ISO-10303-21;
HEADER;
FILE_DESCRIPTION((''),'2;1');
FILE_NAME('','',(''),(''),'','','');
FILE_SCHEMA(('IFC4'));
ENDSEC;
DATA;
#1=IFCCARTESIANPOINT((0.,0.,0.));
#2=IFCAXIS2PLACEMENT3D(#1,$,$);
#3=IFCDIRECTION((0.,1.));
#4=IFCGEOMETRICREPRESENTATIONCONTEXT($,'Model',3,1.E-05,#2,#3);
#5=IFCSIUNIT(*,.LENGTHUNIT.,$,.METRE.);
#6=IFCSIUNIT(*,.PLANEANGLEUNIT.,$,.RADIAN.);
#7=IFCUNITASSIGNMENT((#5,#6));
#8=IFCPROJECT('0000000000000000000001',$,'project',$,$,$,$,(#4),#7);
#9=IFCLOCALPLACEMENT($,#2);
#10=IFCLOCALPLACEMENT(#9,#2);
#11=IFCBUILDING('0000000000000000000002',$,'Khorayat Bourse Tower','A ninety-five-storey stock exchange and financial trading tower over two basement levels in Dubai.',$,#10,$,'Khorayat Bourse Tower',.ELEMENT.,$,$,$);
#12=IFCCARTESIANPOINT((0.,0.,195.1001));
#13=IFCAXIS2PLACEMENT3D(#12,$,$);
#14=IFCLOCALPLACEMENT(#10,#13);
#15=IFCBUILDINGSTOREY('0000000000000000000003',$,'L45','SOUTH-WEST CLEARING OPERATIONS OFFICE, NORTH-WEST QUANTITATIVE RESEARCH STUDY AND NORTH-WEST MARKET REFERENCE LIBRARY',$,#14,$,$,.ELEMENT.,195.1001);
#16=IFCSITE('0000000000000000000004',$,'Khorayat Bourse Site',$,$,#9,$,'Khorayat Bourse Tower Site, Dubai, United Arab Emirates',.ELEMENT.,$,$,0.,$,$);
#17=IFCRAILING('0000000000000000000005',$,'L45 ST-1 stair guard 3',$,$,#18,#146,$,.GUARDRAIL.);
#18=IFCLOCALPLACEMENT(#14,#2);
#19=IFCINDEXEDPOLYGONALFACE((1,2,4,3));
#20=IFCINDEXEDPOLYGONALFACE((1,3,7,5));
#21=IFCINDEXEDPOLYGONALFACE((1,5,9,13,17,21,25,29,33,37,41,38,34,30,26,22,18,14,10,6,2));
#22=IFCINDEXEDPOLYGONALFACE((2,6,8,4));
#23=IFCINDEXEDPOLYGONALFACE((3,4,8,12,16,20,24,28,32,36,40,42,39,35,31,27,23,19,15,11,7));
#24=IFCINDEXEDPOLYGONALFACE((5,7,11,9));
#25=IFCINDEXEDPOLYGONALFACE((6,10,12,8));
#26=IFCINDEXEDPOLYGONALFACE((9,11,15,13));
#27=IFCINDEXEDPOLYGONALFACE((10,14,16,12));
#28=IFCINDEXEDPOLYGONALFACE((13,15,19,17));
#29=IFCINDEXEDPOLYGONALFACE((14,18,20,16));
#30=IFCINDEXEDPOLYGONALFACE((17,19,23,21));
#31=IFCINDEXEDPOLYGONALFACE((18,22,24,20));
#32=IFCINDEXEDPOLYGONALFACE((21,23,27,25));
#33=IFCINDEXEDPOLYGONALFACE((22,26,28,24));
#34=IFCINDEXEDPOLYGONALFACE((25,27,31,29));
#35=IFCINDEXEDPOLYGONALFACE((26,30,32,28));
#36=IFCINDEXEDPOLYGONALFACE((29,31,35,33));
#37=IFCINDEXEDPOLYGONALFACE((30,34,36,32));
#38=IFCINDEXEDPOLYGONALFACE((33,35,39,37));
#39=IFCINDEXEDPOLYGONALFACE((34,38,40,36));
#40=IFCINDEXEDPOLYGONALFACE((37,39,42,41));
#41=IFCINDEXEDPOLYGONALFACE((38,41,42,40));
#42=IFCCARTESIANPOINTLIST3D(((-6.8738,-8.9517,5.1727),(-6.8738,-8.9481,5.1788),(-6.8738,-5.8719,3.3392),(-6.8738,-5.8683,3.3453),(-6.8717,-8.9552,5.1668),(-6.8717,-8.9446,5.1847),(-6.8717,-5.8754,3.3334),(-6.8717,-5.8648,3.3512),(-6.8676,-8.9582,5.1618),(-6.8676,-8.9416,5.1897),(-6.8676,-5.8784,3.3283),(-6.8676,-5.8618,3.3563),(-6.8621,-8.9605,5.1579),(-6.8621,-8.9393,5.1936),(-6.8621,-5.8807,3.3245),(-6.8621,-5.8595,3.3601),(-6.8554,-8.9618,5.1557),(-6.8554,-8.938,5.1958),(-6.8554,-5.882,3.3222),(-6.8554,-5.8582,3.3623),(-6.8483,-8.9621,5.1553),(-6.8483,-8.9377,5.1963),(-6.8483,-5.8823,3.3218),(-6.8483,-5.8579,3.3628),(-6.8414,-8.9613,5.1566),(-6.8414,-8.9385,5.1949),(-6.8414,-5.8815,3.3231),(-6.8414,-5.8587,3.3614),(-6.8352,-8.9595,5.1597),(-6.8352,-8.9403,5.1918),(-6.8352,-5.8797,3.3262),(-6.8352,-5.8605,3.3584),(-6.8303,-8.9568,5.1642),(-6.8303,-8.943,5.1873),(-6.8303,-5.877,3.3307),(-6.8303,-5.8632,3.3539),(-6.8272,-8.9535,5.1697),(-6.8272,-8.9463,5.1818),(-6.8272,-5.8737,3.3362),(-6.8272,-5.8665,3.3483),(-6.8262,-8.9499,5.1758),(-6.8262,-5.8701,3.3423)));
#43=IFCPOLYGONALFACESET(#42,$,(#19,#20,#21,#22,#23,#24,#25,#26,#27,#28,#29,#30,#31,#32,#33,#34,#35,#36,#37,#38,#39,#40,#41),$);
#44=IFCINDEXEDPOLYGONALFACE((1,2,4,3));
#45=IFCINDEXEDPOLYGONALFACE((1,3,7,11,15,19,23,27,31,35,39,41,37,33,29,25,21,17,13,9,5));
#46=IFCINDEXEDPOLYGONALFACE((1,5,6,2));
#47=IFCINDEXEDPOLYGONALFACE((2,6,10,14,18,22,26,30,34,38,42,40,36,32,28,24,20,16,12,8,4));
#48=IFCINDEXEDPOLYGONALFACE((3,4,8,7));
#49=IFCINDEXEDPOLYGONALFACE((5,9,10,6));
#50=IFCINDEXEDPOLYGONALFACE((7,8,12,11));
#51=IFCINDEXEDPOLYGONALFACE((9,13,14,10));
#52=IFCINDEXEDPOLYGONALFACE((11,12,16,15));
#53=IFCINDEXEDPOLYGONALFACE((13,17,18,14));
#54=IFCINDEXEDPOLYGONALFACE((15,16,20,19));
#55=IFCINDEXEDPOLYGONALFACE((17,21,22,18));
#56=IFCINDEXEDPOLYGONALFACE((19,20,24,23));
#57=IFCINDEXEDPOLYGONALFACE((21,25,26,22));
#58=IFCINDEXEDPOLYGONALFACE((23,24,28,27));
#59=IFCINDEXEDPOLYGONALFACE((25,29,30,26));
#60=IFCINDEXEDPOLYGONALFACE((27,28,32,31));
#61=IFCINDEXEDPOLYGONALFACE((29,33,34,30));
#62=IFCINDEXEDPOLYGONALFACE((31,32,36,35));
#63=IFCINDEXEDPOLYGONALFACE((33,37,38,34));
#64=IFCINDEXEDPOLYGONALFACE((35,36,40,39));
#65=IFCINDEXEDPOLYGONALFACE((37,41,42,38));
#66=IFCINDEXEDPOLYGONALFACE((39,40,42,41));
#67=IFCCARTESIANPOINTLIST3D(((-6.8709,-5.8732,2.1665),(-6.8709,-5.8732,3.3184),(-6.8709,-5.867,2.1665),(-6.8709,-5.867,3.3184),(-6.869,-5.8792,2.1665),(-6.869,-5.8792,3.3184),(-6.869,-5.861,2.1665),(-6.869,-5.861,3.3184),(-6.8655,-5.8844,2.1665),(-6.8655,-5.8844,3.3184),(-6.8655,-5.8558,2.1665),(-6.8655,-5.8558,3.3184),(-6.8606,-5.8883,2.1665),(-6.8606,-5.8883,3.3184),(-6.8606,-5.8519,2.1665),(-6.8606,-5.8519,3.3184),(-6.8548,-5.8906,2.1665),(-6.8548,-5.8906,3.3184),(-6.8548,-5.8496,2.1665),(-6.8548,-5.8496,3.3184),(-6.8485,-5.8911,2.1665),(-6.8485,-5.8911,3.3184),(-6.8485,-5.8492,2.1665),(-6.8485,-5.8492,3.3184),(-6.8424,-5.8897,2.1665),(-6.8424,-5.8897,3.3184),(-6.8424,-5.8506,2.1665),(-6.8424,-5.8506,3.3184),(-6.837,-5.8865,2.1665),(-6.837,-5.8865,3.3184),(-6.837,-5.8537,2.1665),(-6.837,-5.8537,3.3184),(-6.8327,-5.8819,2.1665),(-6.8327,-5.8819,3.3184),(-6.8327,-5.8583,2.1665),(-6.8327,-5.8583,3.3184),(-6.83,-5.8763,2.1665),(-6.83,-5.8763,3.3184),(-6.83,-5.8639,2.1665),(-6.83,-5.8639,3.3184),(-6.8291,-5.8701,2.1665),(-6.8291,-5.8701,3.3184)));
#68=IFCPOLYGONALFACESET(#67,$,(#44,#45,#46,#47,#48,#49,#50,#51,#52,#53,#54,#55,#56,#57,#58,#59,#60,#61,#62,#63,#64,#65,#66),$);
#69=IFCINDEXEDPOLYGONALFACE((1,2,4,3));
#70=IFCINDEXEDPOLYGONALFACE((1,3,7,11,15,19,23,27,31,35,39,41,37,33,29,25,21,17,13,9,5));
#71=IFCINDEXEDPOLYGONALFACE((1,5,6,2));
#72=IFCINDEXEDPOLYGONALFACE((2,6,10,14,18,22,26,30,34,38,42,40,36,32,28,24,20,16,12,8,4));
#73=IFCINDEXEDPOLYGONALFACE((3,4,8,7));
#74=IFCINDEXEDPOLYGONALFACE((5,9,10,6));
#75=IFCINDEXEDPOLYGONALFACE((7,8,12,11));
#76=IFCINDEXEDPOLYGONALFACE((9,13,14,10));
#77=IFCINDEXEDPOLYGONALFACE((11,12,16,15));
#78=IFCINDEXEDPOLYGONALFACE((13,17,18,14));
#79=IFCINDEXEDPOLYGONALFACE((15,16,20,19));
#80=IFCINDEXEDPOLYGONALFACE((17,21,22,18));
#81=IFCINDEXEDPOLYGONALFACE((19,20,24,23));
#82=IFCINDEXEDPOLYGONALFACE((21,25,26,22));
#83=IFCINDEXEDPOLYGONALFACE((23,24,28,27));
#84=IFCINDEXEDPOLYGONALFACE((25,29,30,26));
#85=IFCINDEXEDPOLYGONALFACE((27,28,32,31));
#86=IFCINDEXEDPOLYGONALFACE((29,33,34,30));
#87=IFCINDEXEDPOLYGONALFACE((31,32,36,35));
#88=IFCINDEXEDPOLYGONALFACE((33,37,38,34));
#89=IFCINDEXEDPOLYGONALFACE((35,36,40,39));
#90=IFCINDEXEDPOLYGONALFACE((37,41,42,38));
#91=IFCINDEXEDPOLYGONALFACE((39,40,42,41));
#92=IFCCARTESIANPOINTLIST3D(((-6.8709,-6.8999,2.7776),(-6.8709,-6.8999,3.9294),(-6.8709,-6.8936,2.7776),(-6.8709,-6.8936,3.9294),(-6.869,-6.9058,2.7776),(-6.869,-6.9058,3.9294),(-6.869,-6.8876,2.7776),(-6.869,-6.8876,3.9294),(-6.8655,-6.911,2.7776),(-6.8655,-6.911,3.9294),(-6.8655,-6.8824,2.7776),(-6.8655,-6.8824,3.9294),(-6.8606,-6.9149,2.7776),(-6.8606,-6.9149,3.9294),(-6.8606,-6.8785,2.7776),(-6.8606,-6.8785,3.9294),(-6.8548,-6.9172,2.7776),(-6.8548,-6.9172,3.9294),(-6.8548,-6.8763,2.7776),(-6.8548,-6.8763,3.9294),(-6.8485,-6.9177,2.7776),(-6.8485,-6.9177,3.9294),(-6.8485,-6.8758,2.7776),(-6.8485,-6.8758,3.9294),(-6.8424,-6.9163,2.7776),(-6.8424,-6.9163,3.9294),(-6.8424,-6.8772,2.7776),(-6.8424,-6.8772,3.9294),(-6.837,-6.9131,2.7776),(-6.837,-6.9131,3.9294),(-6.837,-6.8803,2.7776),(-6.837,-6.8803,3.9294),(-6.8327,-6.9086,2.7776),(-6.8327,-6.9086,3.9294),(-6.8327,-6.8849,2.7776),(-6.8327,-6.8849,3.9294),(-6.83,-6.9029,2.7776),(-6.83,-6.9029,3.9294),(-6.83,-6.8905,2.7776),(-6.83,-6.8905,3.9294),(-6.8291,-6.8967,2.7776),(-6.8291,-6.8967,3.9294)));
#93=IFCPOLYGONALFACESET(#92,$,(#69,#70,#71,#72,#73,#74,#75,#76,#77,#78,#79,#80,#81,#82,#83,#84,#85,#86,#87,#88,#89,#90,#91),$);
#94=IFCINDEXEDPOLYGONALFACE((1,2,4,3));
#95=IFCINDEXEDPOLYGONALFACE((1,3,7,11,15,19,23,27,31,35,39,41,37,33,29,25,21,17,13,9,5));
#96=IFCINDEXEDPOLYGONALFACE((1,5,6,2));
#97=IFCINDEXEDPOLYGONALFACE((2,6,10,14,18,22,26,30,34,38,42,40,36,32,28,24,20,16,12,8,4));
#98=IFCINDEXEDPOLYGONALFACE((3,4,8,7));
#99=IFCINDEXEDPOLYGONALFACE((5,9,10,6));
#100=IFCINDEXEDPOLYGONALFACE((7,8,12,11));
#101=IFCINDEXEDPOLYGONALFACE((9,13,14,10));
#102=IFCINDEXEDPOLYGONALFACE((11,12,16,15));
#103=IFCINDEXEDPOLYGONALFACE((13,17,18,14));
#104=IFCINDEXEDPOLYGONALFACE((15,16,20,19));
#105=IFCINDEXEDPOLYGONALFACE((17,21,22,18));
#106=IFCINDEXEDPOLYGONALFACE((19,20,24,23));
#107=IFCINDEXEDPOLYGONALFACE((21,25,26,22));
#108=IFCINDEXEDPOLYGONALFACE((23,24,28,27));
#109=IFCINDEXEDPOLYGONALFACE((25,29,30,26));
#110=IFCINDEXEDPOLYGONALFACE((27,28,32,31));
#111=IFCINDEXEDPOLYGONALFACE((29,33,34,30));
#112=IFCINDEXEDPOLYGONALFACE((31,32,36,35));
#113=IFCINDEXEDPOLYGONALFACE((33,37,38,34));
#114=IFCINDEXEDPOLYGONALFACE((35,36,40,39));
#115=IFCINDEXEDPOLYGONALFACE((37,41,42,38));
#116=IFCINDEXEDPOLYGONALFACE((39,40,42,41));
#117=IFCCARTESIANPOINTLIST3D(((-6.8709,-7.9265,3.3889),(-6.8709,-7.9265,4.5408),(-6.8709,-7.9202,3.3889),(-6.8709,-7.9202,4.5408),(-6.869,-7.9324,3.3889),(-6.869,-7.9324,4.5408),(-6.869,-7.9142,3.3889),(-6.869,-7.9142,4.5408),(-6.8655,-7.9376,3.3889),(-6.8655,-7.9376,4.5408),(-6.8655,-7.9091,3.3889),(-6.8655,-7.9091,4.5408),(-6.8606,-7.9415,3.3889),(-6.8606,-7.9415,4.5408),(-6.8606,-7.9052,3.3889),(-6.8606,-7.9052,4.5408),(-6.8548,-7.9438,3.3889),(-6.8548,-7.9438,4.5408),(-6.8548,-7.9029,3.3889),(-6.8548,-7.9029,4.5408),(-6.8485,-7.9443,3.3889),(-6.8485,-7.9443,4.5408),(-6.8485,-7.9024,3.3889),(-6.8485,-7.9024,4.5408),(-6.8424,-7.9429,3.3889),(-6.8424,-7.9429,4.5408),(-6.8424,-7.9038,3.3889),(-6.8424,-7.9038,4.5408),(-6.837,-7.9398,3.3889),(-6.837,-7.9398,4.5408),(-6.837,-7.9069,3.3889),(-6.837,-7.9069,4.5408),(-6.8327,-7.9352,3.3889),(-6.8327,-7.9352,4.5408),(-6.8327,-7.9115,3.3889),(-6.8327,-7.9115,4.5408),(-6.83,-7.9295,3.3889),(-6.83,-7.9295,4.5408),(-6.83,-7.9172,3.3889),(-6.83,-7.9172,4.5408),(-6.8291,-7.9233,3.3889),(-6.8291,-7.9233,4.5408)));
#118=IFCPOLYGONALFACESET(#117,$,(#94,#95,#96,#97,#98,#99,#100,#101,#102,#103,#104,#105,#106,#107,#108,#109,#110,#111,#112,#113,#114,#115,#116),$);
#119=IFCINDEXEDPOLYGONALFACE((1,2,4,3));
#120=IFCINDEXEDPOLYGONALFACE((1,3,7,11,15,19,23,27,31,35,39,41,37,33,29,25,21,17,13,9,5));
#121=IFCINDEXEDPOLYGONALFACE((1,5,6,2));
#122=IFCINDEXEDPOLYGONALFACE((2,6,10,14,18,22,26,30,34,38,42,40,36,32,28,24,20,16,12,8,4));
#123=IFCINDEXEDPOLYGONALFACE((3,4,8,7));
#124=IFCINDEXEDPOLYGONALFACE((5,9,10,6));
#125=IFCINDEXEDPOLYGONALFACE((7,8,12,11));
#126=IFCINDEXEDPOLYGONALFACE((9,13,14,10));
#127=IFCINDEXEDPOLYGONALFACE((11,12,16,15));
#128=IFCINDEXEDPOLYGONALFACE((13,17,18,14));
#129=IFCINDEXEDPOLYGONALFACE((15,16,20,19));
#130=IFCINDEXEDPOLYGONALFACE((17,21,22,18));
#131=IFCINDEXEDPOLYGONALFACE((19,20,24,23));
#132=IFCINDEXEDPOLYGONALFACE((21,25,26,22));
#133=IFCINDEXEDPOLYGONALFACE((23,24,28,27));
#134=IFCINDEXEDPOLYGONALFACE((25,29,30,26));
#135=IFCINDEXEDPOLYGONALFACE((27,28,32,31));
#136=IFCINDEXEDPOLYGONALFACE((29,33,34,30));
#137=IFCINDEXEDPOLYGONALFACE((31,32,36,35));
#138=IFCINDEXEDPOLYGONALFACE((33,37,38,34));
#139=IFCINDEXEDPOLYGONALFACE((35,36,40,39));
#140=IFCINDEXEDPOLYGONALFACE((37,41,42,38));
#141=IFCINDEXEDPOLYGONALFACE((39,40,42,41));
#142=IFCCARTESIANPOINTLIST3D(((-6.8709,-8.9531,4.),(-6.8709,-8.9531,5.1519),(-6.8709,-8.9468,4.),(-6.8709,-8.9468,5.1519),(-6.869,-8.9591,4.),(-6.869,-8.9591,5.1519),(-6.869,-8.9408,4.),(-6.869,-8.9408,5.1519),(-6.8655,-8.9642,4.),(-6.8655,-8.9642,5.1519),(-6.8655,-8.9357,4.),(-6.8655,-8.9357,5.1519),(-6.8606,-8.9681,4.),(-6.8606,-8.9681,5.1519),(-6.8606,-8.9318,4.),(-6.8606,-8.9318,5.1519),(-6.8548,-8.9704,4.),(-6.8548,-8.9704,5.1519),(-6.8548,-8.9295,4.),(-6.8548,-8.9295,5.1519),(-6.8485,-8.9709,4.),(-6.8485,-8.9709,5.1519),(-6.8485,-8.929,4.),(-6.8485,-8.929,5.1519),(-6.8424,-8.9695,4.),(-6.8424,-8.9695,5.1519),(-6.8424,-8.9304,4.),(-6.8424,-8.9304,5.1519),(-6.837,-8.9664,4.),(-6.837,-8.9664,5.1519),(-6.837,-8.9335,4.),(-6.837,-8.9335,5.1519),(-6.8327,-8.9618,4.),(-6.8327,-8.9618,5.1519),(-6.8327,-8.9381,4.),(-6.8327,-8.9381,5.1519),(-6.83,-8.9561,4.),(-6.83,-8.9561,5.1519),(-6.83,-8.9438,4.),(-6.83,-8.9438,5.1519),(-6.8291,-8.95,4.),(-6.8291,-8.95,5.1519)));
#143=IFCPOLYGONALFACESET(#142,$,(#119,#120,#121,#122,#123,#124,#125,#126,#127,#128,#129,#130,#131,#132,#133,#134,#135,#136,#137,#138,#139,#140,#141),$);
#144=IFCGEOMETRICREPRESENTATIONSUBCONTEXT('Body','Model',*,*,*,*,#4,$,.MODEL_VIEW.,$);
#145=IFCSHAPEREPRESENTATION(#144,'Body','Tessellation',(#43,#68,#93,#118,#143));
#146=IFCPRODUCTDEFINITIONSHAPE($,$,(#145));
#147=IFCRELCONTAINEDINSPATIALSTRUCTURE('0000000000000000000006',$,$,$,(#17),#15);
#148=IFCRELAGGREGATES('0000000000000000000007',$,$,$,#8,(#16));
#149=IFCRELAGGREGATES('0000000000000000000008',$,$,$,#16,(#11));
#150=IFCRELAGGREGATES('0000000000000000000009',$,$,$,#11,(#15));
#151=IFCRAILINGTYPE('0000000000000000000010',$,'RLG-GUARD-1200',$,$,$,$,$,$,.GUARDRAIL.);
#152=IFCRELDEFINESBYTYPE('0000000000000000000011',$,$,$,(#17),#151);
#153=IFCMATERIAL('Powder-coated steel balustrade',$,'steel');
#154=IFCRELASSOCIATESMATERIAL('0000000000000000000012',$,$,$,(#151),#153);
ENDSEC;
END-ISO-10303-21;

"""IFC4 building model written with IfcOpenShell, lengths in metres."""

from ifc_helpers import new_model, si_unit, direction, frame, origin, origin_2d, place, context, subcontext, project, spatial, circle, extrude, source, transform, mapped, material, type_object, element, save


model = new_model("IFC4")

# Units and contexts
model_context = context("Model", 3, precision=1e-05, world=origin(), true_north=direction((0.0, 1.0)))
body_context = subcontext(model_context, "Body", "Model", "MODEL_VIEW")
ifc_project = project(units=[si_unit("LENGTHUNIT", "METRE"), si_unit("PLANEANGLEUNIT", "RADIAN")], contexts=[model_context])

# Site, building, storey
site_placement = place(None, origin())
site = spatial("IfcSite", under=ifc_project, at=site_placement, Name="Khorayat Bourse Site", LongName="Khorayat Bourse Tower Site, Dubai, United Arab Emirates", CompositionType="ELEMENT", RefElevation=0.0)
building_placement = place(site_placement, origin())
building = spatial("IfcBuilding", under=site, at=building_placement, Name="Khorayat Bourse Tower", Description="A ninety-five-storey stock exchange and financial trading tower over two basement levels in Dubai.", LongName="Khorayat Bourse Tower", CompositionType="ELEMENT")
storey_placement = place(building_placement, frame((0.0, 0.0, 195.1001)))
storey = spatial("IfcBuildingStorey", under=building, at=storey_placement, Name="L45", Description="SOUTH-WEST CLEARING OPERATIONS OFFICE, NORTH-WEST QUANTITATIVE RESEARCH STUDY AND NORTH-WEST MARKET REFERENCE LIBRARY", CompositionType="ELEMENT", Elevation=195.1001)

# Railing
ifc_material_1 = material(Name="Powder-coated steel balustrade", Category="steel")
railing_type_1 = type_object("IfcRailingType", Name="RLG-GUARD-1200", PredefinedType="GUARDRAIL", material=ifc_material_1)
shared_shape_1 = source(origin(), body_context, "Body", "SweptSolid", [
    extrude(circle(Radius=0.0239, at=origin_2d()), frame((0.0, 0.0, 1.1758), z_axis=(0.0, -0.859261, 0.511538), x_axis=(1.0, 0.0, 0.0)), (0.0, 0.0, 1.0), 3.5842),
    extrude(circle(Radius=0.021, at=origin_2d()), origin(), (0.0, 0.0, 1.0), 1.1519),
    extrude(circle(Radius=0.021, at=origin_2d()), frame((0.0, -1.0266, 0.6111)), (0.0, 0.0, 1.0), 1.1519),
    extrude(circle(Radius=0.021, at=origin_2d()), frame((0.0, -2.0532, 1.2224)), (0.0, 0.0, 1.0), 1.1519),
    extrude(circle(Radius=0.021, at=origin_2d()), frame((0.0, -3.0798, 1.8335)), (0.0, 0.0, 1.0), 1.1519),
])
railing_1_placement = place(storey_placement, frame((-6.8501, -5.8701, 2.1665)))
element("IfcRailing", 1, at=railing_1_placement, inside=storey, type_object=railing_type_1, Name="L45 ST-1 stair guard 3", PredefinedType="GUARDRAIL", context=body_context, shape_type="MappedRepresentation", body=[
    mapped(shared_shape_1, transform((0.0, 0.0, 0.0), scale=1.0)),
])

save(model, "model.ifc")
